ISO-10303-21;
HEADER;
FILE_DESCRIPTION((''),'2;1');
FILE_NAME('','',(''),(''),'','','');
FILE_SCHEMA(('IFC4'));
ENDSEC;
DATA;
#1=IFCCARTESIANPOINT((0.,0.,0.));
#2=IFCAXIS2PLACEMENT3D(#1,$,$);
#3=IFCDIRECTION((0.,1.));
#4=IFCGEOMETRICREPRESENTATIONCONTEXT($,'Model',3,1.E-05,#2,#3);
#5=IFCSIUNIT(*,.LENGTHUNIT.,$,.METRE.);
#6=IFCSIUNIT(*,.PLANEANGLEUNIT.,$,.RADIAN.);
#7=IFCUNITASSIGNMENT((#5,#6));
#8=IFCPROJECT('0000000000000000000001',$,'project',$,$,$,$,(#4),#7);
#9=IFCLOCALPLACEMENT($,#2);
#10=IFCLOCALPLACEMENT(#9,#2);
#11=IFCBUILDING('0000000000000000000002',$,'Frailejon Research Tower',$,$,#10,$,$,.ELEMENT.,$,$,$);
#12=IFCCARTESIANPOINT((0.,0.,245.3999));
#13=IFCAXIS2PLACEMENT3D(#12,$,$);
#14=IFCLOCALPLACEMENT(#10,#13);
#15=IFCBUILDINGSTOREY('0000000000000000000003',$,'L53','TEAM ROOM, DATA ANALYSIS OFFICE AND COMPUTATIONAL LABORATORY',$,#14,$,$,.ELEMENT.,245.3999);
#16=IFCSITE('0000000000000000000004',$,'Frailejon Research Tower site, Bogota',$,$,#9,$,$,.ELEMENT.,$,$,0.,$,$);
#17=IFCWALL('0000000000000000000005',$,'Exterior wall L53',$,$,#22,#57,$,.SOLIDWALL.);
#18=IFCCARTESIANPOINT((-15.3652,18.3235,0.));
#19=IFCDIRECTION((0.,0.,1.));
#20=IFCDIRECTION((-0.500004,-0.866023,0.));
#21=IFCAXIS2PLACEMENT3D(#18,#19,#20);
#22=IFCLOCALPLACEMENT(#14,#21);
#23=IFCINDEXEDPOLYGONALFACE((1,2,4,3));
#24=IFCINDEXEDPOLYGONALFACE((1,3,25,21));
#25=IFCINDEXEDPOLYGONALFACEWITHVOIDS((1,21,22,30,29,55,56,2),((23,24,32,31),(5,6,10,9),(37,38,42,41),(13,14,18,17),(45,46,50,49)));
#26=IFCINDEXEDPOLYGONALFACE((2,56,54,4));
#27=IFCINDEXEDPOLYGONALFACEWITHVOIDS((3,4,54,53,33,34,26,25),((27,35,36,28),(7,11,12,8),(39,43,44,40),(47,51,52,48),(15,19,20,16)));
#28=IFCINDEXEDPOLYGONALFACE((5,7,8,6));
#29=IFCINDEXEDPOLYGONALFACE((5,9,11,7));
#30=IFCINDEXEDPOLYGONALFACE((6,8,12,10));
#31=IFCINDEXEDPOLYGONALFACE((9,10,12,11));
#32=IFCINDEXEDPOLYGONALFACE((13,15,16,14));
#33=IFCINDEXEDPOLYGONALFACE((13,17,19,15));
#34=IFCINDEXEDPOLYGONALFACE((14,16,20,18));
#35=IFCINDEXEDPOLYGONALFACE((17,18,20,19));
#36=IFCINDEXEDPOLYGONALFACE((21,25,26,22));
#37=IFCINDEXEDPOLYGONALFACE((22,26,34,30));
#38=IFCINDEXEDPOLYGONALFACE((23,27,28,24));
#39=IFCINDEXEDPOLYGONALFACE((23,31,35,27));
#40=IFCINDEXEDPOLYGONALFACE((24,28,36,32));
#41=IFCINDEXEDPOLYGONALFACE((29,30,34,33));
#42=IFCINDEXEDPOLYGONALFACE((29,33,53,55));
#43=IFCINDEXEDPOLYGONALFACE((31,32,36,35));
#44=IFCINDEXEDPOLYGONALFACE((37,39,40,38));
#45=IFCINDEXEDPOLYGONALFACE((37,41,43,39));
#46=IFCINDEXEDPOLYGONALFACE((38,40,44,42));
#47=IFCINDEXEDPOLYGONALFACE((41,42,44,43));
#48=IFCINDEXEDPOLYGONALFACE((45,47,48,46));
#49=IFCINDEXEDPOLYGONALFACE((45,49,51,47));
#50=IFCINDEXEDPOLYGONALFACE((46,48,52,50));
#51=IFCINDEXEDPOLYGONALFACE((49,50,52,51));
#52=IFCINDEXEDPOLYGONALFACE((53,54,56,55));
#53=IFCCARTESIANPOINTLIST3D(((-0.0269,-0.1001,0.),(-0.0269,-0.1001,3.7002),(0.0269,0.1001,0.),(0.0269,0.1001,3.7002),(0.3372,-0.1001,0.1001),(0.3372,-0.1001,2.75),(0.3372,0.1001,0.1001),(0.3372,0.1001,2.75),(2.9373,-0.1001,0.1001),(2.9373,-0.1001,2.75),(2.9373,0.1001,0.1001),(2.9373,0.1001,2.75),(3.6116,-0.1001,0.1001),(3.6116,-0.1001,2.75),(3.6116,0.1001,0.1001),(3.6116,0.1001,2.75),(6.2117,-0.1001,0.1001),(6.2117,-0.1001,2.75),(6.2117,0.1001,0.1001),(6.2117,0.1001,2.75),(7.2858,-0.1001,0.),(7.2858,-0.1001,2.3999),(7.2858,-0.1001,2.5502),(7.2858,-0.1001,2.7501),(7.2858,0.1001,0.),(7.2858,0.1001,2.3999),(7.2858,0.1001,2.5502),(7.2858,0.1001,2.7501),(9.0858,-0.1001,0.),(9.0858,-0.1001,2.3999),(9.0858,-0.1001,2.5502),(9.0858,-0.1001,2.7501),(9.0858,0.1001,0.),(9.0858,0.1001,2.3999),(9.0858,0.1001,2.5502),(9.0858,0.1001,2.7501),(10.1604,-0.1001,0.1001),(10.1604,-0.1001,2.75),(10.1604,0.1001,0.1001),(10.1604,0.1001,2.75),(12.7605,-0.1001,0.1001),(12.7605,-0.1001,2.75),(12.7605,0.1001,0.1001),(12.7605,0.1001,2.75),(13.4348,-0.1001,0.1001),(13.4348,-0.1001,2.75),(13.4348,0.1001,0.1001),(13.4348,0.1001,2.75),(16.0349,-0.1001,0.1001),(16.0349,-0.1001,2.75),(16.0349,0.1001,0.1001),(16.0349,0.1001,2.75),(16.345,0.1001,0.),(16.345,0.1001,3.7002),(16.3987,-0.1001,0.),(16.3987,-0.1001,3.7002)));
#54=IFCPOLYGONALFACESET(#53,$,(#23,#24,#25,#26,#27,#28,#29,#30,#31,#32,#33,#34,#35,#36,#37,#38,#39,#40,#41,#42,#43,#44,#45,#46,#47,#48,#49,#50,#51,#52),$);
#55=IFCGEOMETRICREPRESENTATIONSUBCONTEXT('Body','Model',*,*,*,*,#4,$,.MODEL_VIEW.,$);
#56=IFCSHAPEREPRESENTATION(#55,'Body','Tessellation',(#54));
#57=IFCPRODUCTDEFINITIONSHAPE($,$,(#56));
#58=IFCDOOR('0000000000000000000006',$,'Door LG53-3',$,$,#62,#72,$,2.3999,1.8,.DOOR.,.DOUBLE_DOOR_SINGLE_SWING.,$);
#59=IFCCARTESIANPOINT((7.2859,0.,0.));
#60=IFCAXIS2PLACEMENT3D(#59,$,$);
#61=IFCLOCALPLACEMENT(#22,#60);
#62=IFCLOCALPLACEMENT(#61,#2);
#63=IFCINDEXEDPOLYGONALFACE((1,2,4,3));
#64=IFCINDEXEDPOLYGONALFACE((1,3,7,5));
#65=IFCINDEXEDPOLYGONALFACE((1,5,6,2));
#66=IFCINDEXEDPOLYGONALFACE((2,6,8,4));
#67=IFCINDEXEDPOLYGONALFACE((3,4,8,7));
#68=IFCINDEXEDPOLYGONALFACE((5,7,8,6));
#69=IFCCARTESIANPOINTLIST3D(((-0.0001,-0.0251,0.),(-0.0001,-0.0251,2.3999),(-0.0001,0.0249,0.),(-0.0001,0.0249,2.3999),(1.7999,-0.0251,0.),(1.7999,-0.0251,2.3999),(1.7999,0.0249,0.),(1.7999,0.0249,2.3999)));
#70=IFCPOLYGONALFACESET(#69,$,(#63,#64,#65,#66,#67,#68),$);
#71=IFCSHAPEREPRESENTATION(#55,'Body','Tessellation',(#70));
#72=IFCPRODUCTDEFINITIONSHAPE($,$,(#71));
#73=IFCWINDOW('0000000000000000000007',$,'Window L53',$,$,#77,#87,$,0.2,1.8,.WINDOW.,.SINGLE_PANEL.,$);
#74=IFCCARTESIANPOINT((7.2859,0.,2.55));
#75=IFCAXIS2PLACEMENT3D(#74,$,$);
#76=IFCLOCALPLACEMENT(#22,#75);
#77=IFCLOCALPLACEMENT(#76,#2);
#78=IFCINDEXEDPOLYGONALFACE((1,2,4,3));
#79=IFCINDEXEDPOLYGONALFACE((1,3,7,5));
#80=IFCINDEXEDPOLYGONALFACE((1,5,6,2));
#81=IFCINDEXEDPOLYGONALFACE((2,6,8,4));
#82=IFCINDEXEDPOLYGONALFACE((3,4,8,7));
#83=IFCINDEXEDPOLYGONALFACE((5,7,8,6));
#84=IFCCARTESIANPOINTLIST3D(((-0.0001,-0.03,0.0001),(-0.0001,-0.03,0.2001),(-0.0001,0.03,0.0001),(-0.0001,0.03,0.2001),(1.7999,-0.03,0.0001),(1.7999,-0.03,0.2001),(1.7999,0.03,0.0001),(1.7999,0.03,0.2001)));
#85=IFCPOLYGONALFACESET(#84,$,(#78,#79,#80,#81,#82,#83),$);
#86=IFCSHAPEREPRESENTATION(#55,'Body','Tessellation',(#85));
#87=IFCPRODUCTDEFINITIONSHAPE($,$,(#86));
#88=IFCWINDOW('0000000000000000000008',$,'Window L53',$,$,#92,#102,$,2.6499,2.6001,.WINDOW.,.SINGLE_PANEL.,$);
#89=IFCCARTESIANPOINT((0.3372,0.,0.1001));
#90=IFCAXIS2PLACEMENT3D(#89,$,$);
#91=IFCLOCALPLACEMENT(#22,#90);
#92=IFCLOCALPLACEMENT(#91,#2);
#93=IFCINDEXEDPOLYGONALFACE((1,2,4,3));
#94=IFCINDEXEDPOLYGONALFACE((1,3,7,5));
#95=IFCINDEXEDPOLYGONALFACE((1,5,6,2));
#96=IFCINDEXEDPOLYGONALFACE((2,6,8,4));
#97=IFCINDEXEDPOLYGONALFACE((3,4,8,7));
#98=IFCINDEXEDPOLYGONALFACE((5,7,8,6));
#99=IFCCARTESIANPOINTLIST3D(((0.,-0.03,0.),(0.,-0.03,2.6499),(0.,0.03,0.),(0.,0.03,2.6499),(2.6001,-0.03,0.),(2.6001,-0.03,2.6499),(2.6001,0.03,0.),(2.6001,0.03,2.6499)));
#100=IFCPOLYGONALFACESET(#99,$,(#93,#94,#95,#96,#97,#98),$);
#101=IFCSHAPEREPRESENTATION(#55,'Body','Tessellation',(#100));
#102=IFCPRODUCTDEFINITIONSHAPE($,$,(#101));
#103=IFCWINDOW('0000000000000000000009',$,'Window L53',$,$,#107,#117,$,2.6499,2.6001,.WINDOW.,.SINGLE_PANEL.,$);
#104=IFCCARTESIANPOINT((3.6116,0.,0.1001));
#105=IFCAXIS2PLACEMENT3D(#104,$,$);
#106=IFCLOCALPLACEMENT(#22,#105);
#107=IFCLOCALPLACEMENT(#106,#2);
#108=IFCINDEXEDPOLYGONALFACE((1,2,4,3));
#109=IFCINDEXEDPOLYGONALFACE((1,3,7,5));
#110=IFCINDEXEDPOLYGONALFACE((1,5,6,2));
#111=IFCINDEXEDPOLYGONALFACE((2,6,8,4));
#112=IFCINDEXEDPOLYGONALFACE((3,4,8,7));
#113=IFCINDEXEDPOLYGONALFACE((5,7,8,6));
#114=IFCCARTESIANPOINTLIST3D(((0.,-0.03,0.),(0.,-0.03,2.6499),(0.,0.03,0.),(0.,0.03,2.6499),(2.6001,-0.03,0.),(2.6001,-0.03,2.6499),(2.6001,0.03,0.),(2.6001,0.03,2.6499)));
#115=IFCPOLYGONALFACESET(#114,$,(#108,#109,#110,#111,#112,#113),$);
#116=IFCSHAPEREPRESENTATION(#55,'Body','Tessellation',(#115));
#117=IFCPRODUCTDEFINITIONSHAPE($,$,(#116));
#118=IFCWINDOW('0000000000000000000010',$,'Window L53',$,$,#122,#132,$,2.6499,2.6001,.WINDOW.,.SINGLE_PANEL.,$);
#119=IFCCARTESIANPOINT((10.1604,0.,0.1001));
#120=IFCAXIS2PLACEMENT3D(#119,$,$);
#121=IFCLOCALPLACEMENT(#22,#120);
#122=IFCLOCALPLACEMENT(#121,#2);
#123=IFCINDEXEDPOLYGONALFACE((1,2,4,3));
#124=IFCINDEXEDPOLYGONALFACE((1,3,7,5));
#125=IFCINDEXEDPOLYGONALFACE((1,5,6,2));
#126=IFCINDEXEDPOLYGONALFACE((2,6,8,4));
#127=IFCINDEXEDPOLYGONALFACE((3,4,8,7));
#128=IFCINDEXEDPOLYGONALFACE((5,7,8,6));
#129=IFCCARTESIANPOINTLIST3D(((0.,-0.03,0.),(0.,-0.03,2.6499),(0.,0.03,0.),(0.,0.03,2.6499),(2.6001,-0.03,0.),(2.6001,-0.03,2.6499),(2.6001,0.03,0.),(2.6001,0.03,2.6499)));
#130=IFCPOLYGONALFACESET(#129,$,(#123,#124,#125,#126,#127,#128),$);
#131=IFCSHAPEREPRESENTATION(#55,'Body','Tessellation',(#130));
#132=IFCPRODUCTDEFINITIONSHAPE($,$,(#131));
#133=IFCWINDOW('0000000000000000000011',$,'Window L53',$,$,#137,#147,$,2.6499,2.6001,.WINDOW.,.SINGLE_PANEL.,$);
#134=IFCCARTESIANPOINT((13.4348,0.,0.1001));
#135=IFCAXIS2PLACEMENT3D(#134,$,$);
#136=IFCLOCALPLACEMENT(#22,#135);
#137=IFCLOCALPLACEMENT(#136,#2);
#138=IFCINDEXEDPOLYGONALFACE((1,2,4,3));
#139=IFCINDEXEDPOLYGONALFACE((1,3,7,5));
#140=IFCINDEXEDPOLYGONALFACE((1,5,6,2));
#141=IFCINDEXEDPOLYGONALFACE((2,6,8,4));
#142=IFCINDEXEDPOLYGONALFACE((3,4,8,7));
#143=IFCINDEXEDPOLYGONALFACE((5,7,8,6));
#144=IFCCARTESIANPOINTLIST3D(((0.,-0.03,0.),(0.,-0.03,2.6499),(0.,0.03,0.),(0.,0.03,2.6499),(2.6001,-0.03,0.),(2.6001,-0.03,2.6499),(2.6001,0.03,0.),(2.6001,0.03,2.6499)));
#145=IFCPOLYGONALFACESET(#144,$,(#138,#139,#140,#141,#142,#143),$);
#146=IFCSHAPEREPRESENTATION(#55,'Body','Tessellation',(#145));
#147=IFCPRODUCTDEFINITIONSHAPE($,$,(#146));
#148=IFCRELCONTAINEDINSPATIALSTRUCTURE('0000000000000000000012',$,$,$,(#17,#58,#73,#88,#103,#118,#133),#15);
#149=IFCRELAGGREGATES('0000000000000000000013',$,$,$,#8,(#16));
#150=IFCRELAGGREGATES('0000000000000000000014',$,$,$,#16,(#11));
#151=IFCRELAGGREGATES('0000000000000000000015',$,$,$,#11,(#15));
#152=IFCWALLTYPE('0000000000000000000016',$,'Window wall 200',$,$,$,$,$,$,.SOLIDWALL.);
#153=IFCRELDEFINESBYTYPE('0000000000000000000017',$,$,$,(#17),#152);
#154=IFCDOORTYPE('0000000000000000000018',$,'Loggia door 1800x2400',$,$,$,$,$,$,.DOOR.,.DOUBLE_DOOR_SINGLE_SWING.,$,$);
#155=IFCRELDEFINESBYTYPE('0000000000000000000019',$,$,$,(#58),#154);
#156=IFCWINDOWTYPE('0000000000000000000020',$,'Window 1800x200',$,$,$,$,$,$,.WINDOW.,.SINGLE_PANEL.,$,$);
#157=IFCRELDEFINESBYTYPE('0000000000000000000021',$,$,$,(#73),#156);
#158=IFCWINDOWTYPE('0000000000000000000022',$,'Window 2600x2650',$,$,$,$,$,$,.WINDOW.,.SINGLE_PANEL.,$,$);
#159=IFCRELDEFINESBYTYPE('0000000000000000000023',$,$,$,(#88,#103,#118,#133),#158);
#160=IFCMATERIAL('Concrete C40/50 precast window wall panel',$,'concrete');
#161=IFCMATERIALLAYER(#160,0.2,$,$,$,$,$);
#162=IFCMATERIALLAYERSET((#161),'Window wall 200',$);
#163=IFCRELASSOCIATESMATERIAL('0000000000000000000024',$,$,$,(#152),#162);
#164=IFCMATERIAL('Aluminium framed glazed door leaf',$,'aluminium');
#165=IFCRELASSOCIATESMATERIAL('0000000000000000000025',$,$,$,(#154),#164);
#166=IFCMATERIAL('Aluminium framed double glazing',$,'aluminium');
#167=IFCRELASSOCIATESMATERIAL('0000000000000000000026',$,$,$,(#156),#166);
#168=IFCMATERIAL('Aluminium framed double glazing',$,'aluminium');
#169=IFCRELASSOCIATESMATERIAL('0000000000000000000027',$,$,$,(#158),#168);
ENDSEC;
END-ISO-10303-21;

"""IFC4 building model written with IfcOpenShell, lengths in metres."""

from ifc_helpers import new_model, si_unit, direction, frame, frame_2d, origin, place, context, subcontext, project, spatial, polyline, rectangle, outline, extrude, material, layer, layer_set, type_object, element, fill, save


model = new_model("IFC4")

# Units and contexts
model_context = context("Model", 3, precision=1e-05, world=origin(), true_north=direction((0.0, 1.0)))
body_context = subcontext(model_context, "Body", "Model", "MODEL_VIEW")
ifc_project = project(units=[si_unit("LENGTHUNIT", "METRE"), si_unit("PLANEANGLEUNIT", "RADIAN")], contexts=[model_context])

# Site, building, storey
site_placement = place(None, origin())
site = spatial("IfcSite", under=ifc_project, at=site_placement, Name="Frailejon Research Tower site, Bogota", CompositionType="ELEMENT", RefElevation=0.0)
building_placement = place(site_placement, origin())
building = spatial("IfcBuilding", under=site, at=building_placement, Name="Frailejon Research Tower", CompositionType="ELEMENT")
storey_placement = place(building_placement, frame((0.0, 0.0, 245.3999)))
storey = spatial("IfcBuildingStorey", under=building, at=storey_placement, Name="L53", Description="TEAM ROOM, DATA ANALYSIS OFFICE AND COMPUTATIONAL LABORATORY", CompositionType="ELEMENT", Elevation=245.3999)

# Wall, openings, door, windows
ifc_material_1 = material(Name="Concrete C40/50 precast window wall panel", Category="concrete")
ifc_layer_1 = layer(ifc_material_1, 0.2)
ifc_layer_set_1 = layer_set([ifc_layer_1], Name="Window wall 200")
wall_type_1 = type_object("IfcWallType", Name="Window wall 200", PredefinedType="SOLIDWALL", material=ifc_layer_set_1)
wall_1_placement = place(storey_placement, frame((-15.3652, 18.3235, 0.0), z_axis=(0.0, 0.0, 1.0), x_axis=(-0.500004, -0.866023, 0.0)))
wall_1 = element("IfcWall", 1, at=wall_1_placement, inside=storey, type_object=wall_type_1, Name="Exterior wall L53", PredefinedType="SOLIDWALL", context=body_context, shape_type="SweptSolid", body=[
    extrude(outline(polyline([(-0.0269, -0.1001), (0.9998, -0.1001), (2.0264, -0.1001), (3.053, -0.1001), (4.0796, -0.1001), (5.1062, -0.1001), (6.1328, -0.1001), (7.1594, -0.1001), (8.186, -0.1001), (9.2124, -0.1001), (10.239, -0.1001), (11.2656, -0.1001), (12.2922, -0.1001), (13.3188, -0.1001), (14.3455, -0.1001), (15.3721, -0.1001), (16.3987, -0.1001), (16.345, 0.1001), (15.3252, 0.1001), (14.3052, 0.1001), (13.2854, 0.1001), (12.2654, 0.1001), (11.2456, 0.1001), (10.2256, 0.1001), (9.2058, 0.1001), (8.186, 0.1001), (7.166, 0.1001), (6.1462, 0.1001), (5.1262, 0.1001), (4.1064, 0.1001), (3.0864, 0.1001), (2.0667, 0.1001), (1.0466, 0.1001), (0.0269, 0.1001), (-0.0269, -0.1001)])), origin(), (0.0, 0.0, 1.0), 3.7002),
])
opening_1_placement = place(wall_1_placement, frame((0.3372, 0.0, 0.1001)))
opening_1 = element("IfcOpeningElement", 2, at=opening_1_placement, cuts=wall_1, PredefinedType="OPENING", context=body_context, shape_type="SweptSolid", body=[
    extrude(rectangle(XDim=2.6001, YDim=2.6499, at=frame_2d((1.3, 1.325))), frame((0.0, 0.1099, 0.0), z_axis=(0.0, -1.0, 0.0), x_axis=(1.0, 0.0, 0.0)), (0.0, 0.0, 1.0), 0.22),
])
opening_2_placement = place(wall_1_placement, frame((3.6116, 0.0, 0.1001)))
opening_2 = element("IfcOpeningElement", 3, at=opening_2_placement, cuts=wall_1, PredefinedType="OPENING", context=body_context, shape_type="SweptSolid", body=[
    extrude(rectangle(XDim=2.6001, YDim=2.6499, at=frame_2d((1.3, 1.325))), frame((0.0, 0.1099, 0.0), z_axis=(0.0, -1.0, 0.0), x_axis=(1.0, 0.0, 0.0)), (0.0, 0.0, 1.0), 0.22),
])
opening_3_placement = place(wall_1_placement, frame((7.2859, 0.0, 0.0)))
opening_3 = element("IfcOpeningElement", 4, at=opening_3_placement, cuts=wall_1, PredefinedType="OPENING", context=body_context, shape_type="SweptSolid", body=[
    extrude(rectangle(XDim=1.8, YDim=2.3999, at=frame_2d((0.8999, 1.2))), frame((0.0, 0.1099, 0.0), z_axis=(0.0, -1.0, 0.0), x_axis=(1.0, 0.0, 0.0)), (0.0, 0.0, 1.0), 0.22),
])
opening_4_placement = place(wall_1_placement, frame((7.2859, 0.0, 2.55)))
opening_4 = element("IfcOpeningElement", 5, at=opening_4_placement, cuts=wall_1, PredefinedType="OPENING", context=body_context, shape_type="SweptSolid", body=[
    extrude(rectangle(XDim=1.8, YDim=0.2, at=frame_2d((0.8999, 0.1001))), frame((0.0, 0.1099, 0.0), z_axis=(0.0, -1.0, 0.0), x_axis=(1.0, 0.0, 0.0)), (0.0, 0.0, 1.0), 0.22),
])
opening_5_placement = place(wall_1_placement, frame((10.1604, 0.0, 0.1001)))
opening_5 = element("IfcOpeningElement", 6, at=opening_5_placement, cuts=wall_1, PredefinedType="OPENING", context=body_context, shape_type="SweptSolid", body=[
    extrude(rectangle(XDim=2.6001, YDim=2.6499, at=frame_2d((1.3, 1.325))), frame((0.0, 0.1099, 0.0), z_axis=(0.0, -1.0, 0.0), x_axis=(1.0, 0.0, 0.0)), (0.0, 0.0, 1.0), 0.22),
])
opening_6_placement = place(wall_1_placement, frame((13.4348, 0.0, 0.1001)))
opening_6 = element("IfcOpeningElement", 7, at=opening_6_placement, cuts=wall_1, PredefinedType="OPENING", context=body_context, shape_type="SweptSolid", body=[
    extrude(rectangle(XDim=2.6001, YDim=2.6499, at=frame_2d((1.3, 1.325))), frame((0.0, 0.1099, 0.0), z_axis=(0.0, -1.0, 0.0), x_axis=(1.0, 0.0, 0.0)), (0.0, 0.0, 1.0), 0.22),
])
ifc_material_2 = material(Name="Aluminium framed glazed door leaf", Category="aluminium")
door_type_1 = type_object("IfcDoorType", Name="Loggia door 1800x2400", OperationType="DOUBLE_DOOR_SINGLE_SWING", PredefinedType="DOOR", material=ifc_material_2)
door_1_placement = place(opening_3_placement, origin())
door_1 = element("IfcDoor", 8, at=door_1_placement, inside=storey, type_object=door_type_1, Name="Door LG53-3", OperationType="DOUBLE_DOOR_SINGLE_SWING", OverallHeight=2.3999, OverallWidth=1.8, PredefinedType="DOOR", context=body_context, shape_type="SweptSolid", body=[
    extrude(rectangle(XDim=1.8, YDim=2.3999, at=frame_2d((0.8999, 1.2))), frame((0.0, 0.0249, 0.0), z_axis=(0.0, -1.0, 0.0), x_axis=(1.0, 0.0, 0.0)), (0.0, 0.0, 1.0), 0.05),
])
fill(opening_3, door_1)
ifc_material_3 = material(Name="Aluminium framed double glazing", Category="aluminium")
window_type_1 = type_object("IfcWindowType", Name="Window 1800x200", PartitioningType="SINGLE_PANEL", PredefinedType="WINDOW", material=ifc_material_3)
window_1_placement = place(opening_4_placement, origin())
window_1 = element("IfcWindow", 9, at=window_1_placement, inside=storey, type_object=window_type_1, Name="Window L53", OverallHeight=0.2, OverallWidth=1.8, PartitioningType="SINGLE_PANEL", PredefinedType="WINDOW", context=body_context, shape_type="SweptSolid", body=[
    extrude(rectangle(XDim=1.8, YDim=0.2, at=frame_2d((0.8999, 0.1001))), frame((0.0, 0.03, 0.0), z_axis=(0.0, -1.0, 0.0), x_axis=(1.0, 0.0, 0.0)), (0.0, 0.0, 1.0), 0.0601),
])
fill(opening_4, window_1)
ifc_material_4 = material(Name="Aluminium framed double glazing", Category="aluminium")
window_type_2 = type_object("IfcWindowType", Name="Window 2600x2650", PartitioningType="SINGLE_PANEL", PredefinedType="WINDOW", material=ifc_material_4)
window_2_placement = place(opening_1_placement, origin())
window_2 = element("IfcWindow", 10, at=window_2_placement, inside=storey, type_object=window_type_2, Name="Window L53", OverallHeight=2.6499, OverallWidth=2.6001, PartitioningType="SINGLE_PANEL", PredefinedType="WINDOW", context=body_context, shape_type="SweptSolid", body=[
    extrude(rectangle(XDim=2.6001, YDim=2.6499, at=frame_2d((1.3, 1.325))), frame((0.0, 0.03, 0.0), z_axis=(0.0, -1.0, 0.0), x_axis=(1.0, 0.0, 0.0)), (0.0, 0.0, 1.0), 0.0601),
])
fill(opening_1, window_2)
window_3_placement = place(opening_2_placement, origin())
window_3 = element("IfcWindow", 11, at=window_3_placement, inside=storey, type_object=window_type_2, Name="Window L53", OverallHeight=2.6499, OverallWidth=2.6001, PartitioningType="SINGLE_PANEL", PredefinedType="WINDOW", context=body_context, shape_type="SweptSolid", body=[
    extrude(rectangle(XDim=2.6001, YDim=2.6499, at=frame_2d((1.3, 1.325))), frame((0.0, 0.03, 0.0), z_axis=(0.0, -1.0, 0.0), x_axis=(1.0, 0.0, 0.0)), (0.0, 0.0, 1.0), 0.0601),
])
fill(opening_2, window_3)
window_4_placement = place(opening_5_placement, origin())
window_4 = element("IfcWindow", 12, at=window_4_placement, inside=storey, type_object=window_type_2, Name="Window L53", OverallHeight=2.6499, OverallWidth=2.6001, PartitioningType="SINGLE_PANEL", PredefinedType="WINDOW", context=body_context, shape_type="SweptSolid", body=[
    extrude(rectangle(XDim=2.6001, YDim=2.6499, at=frame_2d((1.3, 1.325))), frame((0.0, 0.03, 0.0), z_axis=(0.0, -1.0, 0.0), x_axis=(1.0, 0.0, 0.0)), (0.0, 0.0, 1.0), 0.0601),
])
fill(opening_5, window_4)
window_5_placement = place(opening_6_placement, origin())
window_5 = element("IfcWindow", 13, at=window_5_placement, inside=storey, type_object=window_type_2, Name="Window L53", OverallHeight=2.6499, OverallWidth=2.6001, PartitioningType="SINGLE_PANEL", PredefinedType="WINDOW", context=body_context, shape_type="SweptSolid", body=[
    extrude(rectangle(XDim=2.6001, YDim=2.6499, at=frame_2d((1.3, 1.325))), frame((0.0, 0.03, 0.0), z_axis=(0.0, -1.0, 0.0), x_axis=(1.0, 0.0, 0.0)), (0.0, 0.0, 1.0), 0.0601),
])
fill(opening_6, window_5)

save(model, "model.ifc")
